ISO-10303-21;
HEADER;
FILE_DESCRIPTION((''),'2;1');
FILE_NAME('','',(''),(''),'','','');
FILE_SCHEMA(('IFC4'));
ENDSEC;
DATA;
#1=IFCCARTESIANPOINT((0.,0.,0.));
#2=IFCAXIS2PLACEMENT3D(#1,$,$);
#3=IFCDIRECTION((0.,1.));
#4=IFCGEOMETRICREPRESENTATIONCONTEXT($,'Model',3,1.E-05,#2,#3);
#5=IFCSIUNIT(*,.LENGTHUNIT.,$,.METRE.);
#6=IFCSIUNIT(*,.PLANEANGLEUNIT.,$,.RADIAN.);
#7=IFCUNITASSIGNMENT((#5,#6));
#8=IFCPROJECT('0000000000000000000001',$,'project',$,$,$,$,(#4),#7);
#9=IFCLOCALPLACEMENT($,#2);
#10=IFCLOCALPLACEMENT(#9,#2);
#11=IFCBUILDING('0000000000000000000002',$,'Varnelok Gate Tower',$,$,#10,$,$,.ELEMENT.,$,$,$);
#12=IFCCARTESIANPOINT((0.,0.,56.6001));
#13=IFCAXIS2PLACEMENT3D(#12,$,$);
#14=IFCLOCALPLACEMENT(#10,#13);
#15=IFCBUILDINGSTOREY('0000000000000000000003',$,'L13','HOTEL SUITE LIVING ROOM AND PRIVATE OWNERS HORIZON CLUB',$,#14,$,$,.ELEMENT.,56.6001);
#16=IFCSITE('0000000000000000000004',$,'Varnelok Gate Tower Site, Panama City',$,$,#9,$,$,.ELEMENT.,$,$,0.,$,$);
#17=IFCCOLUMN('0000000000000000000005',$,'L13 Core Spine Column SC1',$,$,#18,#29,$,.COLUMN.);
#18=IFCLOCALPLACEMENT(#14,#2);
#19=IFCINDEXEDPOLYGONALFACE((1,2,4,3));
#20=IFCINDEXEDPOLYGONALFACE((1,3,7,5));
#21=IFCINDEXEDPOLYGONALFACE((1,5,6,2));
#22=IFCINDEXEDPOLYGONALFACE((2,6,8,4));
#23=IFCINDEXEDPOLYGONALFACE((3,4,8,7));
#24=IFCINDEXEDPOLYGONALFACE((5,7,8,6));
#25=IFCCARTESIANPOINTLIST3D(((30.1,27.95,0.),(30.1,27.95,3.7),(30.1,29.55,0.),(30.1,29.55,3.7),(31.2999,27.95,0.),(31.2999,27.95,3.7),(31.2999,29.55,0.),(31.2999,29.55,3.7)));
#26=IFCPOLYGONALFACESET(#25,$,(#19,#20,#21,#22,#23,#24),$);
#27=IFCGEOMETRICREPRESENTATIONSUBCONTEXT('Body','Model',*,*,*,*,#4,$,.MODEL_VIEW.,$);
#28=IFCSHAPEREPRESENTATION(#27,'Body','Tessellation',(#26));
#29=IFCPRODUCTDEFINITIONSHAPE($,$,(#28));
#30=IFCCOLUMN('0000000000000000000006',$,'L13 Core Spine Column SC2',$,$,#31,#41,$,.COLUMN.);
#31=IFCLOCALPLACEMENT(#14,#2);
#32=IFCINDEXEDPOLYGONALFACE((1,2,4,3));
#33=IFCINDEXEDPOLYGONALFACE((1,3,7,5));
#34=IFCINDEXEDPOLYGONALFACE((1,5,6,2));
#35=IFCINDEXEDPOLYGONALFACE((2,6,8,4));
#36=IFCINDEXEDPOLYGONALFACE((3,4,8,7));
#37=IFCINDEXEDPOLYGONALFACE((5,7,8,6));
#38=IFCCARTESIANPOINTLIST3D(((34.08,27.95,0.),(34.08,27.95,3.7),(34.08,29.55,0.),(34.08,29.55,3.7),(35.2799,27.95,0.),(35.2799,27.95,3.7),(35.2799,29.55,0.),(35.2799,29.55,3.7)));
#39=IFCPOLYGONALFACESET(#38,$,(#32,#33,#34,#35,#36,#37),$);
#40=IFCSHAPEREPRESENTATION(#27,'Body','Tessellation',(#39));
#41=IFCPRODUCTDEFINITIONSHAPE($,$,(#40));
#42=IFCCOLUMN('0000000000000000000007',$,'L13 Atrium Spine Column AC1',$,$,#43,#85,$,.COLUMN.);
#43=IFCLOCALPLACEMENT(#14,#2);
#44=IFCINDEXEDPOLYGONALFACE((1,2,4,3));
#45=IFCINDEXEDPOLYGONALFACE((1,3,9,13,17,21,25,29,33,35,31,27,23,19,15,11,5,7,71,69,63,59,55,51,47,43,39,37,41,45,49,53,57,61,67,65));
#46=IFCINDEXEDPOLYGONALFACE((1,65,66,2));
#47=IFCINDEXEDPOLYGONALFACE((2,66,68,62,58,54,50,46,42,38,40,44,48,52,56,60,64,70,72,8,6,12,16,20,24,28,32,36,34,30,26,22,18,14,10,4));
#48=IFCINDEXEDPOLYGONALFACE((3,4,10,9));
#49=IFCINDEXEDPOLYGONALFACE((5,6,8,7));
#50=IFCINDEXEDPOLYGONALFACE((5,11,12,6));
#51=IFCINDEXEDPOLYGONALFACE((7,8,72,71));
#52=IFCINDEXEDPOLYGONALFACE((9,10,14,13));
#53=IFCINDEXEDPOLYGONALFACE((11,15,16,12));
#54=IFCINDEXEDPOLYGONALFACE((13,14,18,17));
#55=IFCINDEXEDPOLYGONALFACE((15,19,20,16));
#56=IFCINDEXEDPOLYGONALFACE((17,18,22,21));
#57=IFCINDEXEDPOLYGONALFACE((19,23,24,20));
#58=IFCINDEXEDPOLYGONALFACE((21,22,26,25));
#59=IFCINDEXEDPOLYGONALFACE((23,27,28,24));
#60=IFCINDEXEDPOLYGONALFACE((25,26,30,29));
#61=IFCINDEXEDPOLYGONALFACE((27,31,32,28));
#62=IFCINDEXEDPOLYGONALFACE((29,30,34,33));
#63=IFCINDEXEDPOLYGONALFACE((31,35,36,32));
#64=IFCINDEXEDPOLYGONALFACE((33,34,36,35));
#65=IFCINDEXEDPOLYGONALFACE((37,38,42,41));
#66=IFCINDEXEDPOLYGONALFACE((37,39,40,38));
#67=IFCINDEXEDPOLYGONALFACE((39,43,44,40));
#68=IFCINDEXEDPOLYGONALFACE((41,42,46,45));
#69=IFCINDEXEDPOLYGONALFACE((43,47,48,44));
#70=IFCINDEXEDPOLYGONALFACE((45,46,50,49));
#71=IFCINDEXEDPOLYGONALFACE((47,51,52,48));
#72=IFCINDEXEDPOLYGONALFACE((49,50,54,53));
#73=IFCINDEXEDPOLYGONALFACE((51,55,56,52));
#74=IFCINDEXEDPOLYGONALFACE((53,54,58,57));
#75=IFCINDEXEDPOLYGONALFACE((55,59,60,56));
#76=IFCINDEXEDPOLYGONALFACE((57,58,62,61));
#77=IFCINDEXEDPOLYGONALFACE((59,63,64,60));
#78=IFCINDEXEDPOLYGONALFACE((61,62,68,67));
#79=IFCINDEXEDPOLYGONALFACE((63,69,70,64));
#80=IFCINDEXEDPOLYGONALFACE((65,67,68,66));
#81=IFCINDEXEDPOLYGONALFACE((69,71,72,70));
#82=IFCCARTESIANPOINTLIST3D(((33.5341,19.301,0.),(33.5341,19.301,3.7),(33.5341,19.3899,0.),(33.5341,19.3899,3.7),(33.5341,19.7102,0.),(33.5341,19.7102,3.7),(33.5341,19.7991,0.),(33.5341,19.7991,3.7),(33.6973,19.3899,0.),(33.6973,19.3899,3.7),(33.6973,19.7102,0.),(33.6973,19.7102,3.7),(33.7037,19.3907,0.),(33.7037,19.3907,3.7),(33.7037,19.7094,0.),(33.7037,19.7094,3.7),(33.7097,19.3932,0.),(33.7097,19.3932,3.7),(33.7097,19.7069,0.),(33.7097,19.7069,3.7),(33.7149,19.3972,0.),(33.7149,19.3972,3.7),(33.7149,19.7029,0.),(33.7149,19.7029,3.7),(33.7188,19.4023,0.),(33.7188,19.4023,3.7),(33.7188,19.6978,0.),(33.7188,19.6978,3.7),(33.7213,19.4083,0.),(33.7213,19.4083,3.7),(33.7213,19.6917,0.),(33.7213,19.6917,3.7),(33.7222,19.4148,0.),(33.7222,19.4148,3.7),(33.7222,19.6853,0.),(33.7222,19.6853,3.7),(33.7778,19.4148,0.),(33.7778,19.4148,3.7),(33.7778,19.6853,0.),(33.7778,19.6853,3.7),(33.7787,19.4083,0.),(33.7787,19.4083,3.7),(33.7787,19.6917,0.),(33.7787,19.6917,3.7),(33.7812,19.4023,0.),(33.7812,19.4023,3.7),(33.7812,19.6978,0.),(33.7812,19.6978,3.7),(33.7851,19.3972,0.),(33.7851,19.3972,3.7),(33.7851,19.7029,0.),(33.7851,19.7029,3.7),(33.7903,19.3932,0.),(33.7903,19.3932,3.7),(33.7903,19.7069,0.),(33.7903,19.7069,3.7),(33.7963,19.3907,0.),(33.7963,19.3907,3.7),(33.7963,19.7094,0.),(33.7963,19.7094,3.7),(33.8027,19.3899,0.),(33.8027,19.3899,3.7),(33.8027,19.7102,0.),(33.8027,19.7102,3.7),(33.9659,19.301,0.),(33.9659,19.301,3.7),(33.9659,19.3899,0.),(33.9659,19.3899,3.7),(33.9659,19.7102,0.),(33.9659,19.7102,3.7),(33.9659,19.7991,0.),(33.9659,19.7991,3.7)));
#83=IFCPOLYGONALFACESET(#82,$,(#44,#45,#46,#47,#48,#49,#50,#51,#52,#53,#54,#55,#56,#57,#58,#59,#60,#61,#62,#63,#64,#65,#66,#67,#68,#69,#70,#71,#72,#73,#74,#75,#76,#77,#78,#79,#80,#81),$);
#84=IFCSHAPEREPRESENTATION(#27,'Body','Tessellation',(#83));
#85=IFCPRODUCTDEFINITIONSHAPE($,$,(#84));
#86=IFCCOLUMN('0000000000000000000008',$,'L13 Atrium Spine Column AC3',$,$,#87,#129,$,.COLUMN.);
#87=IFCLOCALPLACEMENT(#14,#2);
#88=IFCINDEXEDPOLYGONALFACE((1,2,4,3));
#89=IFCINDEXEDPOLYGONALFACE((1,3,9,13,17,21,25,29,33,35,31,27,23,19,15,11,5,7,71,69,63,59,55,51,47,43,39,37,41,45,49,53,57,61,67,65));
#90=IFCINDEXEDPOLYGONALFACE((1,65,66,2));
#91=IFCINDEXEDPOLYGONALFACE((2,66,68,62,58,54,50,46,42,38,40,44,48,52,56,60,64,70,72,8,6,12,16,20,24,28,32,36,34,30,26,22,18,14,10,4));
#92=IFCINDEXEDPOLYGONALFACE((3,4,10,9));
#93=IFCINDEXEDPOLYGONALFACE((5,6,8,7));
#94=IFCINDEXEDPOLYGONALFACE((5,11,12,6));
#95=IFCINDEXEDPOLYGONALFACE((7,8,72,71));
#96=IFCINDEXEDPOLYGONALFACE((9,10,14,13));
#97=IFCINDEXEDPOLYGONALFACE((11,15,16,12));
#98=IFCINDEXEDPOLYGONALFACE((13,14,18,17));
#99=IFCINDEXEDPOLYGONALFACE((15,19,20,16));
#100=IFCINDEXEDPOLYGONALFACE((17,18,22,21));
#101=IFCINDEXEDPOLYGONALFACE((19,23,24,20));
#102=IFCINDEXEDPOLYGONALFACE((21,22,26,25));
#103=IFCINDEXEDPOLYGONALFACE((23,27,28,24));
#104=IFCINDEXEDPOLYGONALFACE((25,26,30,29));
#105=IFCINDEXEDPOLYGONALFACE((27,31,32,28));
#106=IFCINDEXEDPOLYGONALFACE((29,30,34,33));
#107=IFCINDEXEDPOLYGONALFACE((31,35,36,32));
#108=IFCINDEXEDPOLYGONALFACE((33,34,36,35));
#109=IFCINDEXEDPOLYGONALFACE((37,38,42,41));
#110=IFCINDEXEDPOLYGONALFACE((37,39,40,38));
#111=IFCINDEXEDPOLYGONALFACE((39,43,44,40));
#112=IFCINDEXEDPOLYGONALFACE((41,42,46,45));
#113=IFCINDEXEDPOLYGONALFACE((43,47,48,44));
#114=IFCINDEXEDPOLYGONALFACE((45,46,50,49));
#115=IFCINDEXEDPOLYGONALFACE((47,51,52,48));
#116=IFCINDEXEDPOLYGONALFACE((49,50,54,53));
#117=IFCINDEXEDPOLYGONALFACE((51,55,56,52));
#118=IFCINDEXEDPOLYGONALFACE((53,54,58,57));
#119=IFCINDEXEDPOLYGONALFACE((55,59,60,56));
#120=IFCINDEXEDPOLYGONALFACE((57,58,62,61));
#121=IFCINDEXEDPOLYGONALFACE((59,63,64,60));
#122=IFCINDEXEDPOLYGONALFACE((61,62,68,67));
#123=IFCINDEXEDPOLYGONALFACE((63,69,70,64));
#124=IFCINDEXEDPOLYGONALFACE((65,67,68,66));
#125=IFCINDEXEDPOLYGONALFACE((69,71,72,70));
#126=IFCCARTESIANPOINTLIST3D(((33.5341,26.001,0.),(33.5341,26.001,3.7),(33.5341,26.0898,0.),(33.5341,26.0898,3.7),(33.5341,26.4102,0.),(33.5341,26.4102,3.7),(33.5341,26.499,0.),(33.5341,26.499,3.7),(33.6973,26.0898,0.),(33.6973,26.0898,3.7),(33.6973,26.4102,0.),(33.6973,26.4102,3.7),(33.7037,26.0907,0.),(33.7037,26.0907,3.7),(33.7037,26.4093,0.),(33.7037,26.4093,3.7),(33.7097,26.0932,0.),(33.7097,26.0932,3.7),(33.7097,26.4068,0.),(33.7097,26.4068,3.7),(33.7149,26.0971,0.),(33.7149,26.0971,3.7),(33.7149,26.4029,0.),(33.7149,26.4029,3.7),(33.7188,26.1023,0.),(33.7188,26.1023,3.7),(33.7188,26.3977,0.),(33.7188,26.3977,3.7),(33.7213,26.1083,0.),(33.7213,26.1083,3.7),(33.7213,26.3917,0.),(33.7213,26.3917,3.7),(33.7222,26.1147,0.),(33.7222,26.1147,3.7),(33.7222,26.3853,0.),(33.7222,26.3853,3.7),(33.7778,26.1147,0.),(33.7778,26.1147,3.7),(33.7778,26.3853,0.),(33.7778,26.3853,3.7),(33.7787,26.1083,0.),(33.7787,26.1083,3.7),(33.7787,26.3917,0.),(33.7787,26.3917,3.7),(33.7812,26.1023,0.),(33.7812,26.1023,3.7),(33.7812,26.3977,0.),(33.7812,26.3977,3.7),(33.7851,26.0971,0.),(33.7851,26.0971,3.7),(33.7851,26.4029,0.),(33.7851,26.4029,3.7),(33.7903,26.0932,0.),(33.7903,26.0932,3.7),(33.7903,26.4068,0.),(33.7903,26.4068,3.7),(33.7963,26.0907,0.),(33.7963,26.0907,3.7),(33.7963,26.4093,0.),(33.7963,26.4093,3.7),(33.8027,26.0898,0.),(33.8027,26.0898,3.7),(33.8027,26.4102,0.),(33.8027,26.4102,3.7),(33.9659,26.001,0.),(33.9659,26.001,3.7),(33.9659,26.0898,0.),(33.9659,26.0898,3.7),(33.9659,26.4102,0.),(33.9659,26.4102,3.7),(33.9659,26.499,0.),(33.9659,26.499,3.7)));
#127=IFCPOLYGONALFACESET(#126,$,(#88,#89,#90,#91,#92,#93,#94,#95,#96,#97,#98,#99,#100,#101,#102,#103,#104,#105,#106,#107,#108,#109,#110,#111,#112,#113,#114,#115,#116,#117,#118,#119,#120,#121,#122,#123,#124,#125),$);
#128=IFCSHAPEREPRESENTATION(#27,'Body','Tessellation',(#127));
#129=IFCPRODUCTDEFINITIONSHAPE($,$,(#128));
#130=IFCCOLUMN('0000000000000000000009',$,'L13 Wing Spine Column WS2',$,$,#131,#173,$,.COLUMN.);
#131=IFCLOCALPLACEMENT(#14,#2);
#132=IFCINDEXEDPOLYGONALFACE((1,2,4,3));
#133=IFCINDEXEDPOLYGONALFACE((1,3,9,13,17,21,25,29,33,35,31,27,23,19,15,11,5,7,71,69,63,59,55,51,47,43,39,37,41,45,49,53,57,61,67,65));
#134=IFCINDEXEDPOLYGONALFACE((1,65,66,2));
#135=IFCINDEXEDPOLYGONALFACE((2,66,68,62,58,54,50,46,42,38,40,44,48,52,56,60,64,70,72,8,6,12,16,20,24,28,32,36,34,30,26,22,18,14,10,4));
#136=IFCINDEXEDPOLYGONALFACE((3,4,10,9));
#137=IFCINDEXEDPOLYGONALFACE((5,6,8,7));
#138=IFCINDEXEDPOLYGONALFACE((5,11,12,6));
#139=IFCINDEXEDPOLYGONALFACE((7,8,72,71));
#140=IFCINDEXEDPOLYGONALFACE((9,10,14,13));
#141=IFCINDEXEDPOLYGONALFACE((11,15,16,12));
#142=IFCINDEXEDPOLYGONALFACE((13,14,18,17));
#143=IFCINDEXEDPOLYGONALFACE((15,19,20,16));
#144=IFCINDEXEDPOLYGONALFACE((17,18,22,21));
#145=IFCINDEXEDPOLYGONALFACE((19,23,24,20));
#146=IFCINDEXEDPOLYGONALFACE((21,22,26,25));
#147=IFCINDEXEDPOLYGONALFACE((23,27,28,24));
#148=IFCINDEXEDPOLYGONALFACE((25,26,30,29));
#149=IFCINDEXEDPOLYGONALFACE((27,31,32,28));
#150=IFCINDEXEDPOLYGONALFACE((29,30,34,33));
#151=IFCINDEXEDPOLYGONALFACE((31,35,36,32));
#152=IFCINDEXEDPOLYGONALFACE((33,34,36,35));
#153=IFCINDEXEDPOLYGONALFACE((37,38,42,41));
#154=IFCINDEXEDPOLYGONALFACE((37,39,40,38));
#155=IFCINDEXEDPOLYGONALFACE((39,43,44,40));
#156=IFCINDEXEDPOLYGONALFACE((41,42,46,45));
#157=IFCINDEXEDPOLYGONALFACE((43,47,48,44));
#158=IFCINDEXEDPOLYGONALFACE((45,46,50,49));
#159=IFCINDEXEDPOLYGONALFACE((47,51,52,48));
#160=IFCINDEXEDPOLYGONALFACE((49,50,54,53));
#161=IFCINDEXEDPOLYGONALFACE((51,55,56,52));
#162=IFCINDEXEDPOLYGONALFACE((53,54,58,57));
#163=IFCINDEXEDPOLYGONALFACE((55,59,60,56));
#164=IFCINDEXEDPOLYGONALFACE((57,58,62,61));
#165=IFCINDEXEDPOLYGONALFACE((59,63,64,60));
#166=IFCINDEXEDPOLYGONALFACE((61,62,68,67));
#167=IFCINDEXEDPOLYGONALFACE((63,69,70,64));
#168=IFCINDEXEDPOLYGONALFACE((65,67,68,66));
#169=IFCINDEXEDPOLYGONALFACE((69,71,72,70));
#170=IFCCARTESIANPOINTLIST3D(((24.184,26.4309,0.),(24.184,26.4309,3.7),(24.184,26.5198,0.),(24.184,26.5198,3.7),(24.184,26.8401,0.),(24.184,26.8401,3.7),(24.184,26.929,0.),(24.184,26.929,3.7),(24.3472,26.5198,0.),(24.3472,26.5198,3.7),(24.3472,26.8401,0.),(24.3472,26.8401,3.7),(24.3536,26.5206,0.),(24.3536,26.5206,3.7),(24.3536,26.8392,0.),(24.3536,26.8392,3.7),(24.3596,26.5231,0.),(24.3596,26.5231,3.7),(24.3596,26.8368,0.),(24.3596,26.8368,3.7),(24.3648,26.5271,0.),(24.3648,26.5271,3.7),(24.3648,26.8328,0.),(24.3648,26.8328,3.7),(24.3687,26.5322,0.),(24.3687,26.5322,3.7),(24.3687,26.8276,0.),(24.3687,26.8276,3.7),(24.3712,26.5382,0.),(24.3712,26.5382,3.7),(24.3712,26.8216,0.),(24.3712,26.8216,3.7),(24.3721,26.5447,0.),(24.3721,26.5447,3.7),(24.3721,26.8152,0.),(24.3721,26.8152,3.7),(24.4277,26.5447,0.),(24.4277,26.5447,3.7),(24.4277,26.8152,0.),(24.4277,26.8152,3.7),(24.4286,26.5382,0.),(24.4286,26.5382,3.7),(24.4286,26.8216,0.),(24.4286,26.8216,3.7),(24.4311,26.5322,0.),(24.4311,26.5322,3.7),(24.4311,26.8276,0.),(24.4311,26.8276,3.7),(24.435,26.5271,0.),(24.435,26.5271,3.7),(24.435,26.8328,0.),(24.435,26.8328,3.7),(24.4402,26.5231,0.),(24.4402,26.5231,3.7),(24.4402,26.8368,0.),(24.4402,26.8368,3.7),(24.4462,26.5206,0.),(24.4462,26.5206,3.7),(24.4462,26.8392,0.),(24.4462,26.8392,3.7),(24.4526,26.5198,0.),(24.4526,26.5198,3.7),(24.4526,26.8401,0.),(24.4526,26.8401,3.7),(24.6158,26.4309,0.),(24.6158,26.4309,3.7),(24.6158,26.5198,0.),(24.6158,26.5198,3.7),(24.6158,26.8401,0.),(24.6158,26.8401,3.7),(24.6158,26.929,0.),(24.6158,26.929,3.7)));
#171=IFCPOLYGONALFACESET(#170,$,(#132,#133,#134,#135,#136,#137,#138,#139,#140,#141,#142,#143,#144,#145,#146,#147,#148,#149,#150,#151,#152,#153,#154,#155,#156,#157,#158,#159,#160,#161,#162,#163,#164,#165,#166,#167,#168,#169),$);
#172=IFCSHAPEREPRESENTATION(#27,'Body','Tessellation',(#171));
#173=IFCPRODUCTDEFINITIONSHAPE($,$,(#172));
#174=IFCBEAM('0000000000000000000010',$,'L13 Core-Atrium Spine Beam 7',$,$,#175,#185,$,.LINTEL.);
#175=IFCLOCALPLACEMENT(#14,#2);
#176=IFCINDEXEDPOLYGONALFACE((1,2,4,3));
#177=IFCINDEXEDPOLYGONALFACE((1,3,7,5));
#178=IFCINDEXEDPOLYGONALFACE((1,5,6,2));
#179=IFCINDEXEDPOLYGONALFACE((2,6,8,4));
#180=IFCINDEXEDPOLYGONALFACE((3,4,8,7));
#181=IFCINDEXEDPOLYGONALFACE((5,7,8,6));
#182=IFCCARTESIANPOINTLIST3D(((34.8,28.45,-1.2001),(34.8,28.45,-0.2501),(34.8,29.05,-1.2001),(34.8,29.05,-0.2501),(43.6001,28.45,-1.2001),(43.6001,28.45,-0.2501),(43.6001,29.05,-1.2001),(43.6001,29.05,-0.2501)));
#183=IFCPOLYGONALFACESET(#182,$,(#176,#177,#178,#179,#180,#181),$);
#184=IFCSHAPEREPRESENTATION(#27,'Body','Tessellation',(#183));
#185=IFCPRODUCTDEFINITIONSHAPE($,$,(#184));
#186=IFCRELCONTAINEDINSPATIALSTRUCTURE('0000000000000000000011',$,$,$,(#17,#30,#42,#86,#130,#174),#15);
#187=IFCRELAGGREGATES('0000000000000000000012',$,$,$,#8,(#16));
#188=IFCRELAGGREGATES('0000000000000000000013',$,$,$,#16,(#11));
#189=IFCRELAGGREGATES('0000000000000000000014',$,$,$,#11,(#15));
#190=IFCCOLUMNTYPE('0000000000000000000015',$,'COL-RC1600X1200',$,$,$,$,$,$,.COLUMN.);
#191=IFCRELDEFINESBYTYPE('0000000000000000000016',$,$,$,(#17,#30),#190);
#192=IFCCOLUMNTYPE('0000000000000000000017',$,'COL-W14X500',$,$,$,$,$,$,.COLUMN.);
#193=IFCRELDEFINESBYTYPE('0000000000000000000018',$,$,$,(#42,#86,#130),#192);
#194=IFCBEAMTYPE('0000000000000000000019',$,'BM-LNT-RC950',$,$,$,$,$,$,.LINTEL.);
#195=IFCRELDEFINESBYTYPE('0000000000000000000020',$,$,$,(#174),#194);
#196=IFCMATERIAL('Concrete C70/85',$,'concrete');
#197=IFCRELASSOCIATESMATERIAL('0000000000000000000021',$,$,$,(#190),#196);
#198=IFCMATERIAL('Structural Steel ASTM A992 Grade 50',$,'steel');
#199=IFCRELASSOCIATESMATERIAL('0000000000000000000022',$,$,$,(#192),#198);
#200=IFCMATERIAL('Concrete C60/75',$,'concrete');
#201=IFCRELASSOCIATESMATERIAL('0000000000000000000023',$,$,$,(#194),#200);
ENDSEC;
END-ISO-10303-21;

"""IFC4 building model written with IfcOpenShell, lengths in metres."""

from ifc_helpers import new_model, si_unit, direction, frame, origin, origin_2d, place, context, subcontext, project, spatial, rectangle, i_section, extrude, material, material_profile, profile_set, type_object, element, save


model = new_model("IFC4")

# Units and contexts
model_context = context("Model", 3, precision=1e-05, world=origin(), true_north=direction((0.0, 1.0)))
body_context = subcontext(model_context, "Body", "Model", "MODEL_VIEW")
ifc_project = project(units=[si_unit("LENGTHUNIT", "METRE"), si_unit("PLANEANGLEUNIT", "RADIAN")], contexts=[model_context])

# Site, building, storey
site_placement = place(None, origin())
site = spatial("IfcSite", under=ifc_project, at=site_placement, Name="Varnelok Gate Tower Site, Panama City", CompositionType="ELEMENT", RefElevation=0.0)
building_placement = place(site_placement, origin())
building = spatial("IfcBuilding", under=site, at=building_placement, Name="Varnelok Gate Tower", CompositionType="ELEMENT")
storey_placement = place(building_placement, frame((0.0, 0.0, 56.6001)))
storey = spatial("IfcBuildingStorey", under=building, at=storey_placement, Name="L13", Description="HOTEL SUITE LIVING ROOM AND PRIVATE OWNERS HORIZON CLUB", CompositionType="ELEMENT", Elevation=56.6001)

# Columns
ifc_material_1 = material(Name="Concrete C70/85", Category="concrete")
ifc_material_profile_1 = material_profile(ifc_material_1, rectangle(XDim=1.2, YDim=1.6001, at=origin_2d()), Name="RC1600X1200")
ifc_profile_set_1 = profile_set([ifc_material_profile_1], Name="Concrete C70/85")
column_type_1 = type_object("IfcColumnType", Name="COL-RC1600X1200", PredefinedType="COLUMN", material=ifc_profile_set_1)
for number, where, z_axis, x_axis, name in (
    (1, (30.7, 28.75, 0.0), (0.0, 0.0, 1.0), (1.0, 0.0, 0.0), "L13 Core Spine Column SC1"),
    (2, (34.6799, 28.75, 0.0), (0.0, 0.0, 1.0), (1.0, 0.0, 0.0), "L13 Core Spine Column SC2"),
):
    element("IfcColumn", number, at=place(storey_placement, frame(where, z_axis=z_axis, x_axis=x_axis)), inside=storey, type_object=column_type_1, Name=name, PredefinedType="COLUMN", context=body_context, shape_type="SweptSolid", body=[
        extrude(rectangle(XDim=1.2, YDim=1.6001, at=origin_2d()), origin(), (0.0, 0.0, 1.0), 3.7),
    ])
ifc_material_2 = material(Name="Structural Steel ASTM A992 Grade 50", Category="steel")
ifc_material_profile_2 = material_profile(ifc_material_2, i_section(OverallWidth=0.4319, OverallDepth=0.498, WebThickness=0.0557, FlangeThickness=0.0889, FilletRadius=0.0249, at=origin_2d()), Name="W14X500")
ifc_profile_set_2 = profile_set([ifc_material_profile_2], Name="Structural Steel ASTM A992 Grade 50")
column_type_2 = type_object("IfcColumnType", Name="COL-W14X500", PredefinedType="COLUMN", material=ifc_profile_set_2)
for number, where, z_axis, x_axis, name in (
    (3, (33.75, 19.55, 0.0), (0.0, 0.0, 1.0), (1.0, 0.0, 0.0), "L13 Atrium Spine Column AC1"),
    (4, (33.75, 26.25, 0.0), (0.0, 0.0, 1.0), (1.0, 0.0, 0.0), "L13 Atrium Spine Column AC3"),
    (5, (24.3999, 26.6799, 0.0), (0.0, 0.0, 1.0), (1.0, 0.0, 0.0), "L13 Wing Spine Column WS2"),
):
    element("IfcColumn", number, at=place(storey_placement, frame(where, z_axis=z_axis, x_axis=x_axis)), inside=storey, type_object=column_type_2, Name=name, PredefinedType="COLUMN", context=body_context, shape_type="SweptSolid", body=[
        extrude(i_section(OverallWidth=0.4319, OverallDepth=0.498, WebThickness=0.0557, FlangeThickness=0.0889, FilletRadius=0.0249, at=origin_2d()), origin(), (0.0, 0.0, 1.0), 3.7),
    ])

# Beam
ifc_material_3 = material(Name="Concrete C60/75", Category="concrete")
ifc_material_profile_3 = material_profile(ifc_material_3, rectangle(XDim=0.6001, YDim=0.95, at=origin_2d()), Name="RC950X600")
ifc_profile_set_3 = profile_set([ifc_material_profile_3], Name="Concrete C60/75")
beam_type_1 = type_object("IfcBeamType", Name="BM-LNT-RC950", PredefinedType="LINTEL", material=ifc_profile_set_3)
beam_1_placement = place(storey_placement, frame((34.8, 28.75, -0.7251), z_axis=(1.0, 0.0, 0.0), x_axis=(0.0, 1.0, 0.0)))
element("IfcBeam", 6, at=beam_1_placement, inside=storey, type_object=beam_type_1, Name="L13 Core-Atrium Spine Beam 7", PredefinedType="LINTEL", context=body_context, shape_type="SweptSolid", body=[
    extrude(rectangle(XDim=0.6001, YDim=0.95, at=origin_2d()), origin(), (0.0, 0.0, 1.0), 8.8),
])

save(model, "model.ifc")
